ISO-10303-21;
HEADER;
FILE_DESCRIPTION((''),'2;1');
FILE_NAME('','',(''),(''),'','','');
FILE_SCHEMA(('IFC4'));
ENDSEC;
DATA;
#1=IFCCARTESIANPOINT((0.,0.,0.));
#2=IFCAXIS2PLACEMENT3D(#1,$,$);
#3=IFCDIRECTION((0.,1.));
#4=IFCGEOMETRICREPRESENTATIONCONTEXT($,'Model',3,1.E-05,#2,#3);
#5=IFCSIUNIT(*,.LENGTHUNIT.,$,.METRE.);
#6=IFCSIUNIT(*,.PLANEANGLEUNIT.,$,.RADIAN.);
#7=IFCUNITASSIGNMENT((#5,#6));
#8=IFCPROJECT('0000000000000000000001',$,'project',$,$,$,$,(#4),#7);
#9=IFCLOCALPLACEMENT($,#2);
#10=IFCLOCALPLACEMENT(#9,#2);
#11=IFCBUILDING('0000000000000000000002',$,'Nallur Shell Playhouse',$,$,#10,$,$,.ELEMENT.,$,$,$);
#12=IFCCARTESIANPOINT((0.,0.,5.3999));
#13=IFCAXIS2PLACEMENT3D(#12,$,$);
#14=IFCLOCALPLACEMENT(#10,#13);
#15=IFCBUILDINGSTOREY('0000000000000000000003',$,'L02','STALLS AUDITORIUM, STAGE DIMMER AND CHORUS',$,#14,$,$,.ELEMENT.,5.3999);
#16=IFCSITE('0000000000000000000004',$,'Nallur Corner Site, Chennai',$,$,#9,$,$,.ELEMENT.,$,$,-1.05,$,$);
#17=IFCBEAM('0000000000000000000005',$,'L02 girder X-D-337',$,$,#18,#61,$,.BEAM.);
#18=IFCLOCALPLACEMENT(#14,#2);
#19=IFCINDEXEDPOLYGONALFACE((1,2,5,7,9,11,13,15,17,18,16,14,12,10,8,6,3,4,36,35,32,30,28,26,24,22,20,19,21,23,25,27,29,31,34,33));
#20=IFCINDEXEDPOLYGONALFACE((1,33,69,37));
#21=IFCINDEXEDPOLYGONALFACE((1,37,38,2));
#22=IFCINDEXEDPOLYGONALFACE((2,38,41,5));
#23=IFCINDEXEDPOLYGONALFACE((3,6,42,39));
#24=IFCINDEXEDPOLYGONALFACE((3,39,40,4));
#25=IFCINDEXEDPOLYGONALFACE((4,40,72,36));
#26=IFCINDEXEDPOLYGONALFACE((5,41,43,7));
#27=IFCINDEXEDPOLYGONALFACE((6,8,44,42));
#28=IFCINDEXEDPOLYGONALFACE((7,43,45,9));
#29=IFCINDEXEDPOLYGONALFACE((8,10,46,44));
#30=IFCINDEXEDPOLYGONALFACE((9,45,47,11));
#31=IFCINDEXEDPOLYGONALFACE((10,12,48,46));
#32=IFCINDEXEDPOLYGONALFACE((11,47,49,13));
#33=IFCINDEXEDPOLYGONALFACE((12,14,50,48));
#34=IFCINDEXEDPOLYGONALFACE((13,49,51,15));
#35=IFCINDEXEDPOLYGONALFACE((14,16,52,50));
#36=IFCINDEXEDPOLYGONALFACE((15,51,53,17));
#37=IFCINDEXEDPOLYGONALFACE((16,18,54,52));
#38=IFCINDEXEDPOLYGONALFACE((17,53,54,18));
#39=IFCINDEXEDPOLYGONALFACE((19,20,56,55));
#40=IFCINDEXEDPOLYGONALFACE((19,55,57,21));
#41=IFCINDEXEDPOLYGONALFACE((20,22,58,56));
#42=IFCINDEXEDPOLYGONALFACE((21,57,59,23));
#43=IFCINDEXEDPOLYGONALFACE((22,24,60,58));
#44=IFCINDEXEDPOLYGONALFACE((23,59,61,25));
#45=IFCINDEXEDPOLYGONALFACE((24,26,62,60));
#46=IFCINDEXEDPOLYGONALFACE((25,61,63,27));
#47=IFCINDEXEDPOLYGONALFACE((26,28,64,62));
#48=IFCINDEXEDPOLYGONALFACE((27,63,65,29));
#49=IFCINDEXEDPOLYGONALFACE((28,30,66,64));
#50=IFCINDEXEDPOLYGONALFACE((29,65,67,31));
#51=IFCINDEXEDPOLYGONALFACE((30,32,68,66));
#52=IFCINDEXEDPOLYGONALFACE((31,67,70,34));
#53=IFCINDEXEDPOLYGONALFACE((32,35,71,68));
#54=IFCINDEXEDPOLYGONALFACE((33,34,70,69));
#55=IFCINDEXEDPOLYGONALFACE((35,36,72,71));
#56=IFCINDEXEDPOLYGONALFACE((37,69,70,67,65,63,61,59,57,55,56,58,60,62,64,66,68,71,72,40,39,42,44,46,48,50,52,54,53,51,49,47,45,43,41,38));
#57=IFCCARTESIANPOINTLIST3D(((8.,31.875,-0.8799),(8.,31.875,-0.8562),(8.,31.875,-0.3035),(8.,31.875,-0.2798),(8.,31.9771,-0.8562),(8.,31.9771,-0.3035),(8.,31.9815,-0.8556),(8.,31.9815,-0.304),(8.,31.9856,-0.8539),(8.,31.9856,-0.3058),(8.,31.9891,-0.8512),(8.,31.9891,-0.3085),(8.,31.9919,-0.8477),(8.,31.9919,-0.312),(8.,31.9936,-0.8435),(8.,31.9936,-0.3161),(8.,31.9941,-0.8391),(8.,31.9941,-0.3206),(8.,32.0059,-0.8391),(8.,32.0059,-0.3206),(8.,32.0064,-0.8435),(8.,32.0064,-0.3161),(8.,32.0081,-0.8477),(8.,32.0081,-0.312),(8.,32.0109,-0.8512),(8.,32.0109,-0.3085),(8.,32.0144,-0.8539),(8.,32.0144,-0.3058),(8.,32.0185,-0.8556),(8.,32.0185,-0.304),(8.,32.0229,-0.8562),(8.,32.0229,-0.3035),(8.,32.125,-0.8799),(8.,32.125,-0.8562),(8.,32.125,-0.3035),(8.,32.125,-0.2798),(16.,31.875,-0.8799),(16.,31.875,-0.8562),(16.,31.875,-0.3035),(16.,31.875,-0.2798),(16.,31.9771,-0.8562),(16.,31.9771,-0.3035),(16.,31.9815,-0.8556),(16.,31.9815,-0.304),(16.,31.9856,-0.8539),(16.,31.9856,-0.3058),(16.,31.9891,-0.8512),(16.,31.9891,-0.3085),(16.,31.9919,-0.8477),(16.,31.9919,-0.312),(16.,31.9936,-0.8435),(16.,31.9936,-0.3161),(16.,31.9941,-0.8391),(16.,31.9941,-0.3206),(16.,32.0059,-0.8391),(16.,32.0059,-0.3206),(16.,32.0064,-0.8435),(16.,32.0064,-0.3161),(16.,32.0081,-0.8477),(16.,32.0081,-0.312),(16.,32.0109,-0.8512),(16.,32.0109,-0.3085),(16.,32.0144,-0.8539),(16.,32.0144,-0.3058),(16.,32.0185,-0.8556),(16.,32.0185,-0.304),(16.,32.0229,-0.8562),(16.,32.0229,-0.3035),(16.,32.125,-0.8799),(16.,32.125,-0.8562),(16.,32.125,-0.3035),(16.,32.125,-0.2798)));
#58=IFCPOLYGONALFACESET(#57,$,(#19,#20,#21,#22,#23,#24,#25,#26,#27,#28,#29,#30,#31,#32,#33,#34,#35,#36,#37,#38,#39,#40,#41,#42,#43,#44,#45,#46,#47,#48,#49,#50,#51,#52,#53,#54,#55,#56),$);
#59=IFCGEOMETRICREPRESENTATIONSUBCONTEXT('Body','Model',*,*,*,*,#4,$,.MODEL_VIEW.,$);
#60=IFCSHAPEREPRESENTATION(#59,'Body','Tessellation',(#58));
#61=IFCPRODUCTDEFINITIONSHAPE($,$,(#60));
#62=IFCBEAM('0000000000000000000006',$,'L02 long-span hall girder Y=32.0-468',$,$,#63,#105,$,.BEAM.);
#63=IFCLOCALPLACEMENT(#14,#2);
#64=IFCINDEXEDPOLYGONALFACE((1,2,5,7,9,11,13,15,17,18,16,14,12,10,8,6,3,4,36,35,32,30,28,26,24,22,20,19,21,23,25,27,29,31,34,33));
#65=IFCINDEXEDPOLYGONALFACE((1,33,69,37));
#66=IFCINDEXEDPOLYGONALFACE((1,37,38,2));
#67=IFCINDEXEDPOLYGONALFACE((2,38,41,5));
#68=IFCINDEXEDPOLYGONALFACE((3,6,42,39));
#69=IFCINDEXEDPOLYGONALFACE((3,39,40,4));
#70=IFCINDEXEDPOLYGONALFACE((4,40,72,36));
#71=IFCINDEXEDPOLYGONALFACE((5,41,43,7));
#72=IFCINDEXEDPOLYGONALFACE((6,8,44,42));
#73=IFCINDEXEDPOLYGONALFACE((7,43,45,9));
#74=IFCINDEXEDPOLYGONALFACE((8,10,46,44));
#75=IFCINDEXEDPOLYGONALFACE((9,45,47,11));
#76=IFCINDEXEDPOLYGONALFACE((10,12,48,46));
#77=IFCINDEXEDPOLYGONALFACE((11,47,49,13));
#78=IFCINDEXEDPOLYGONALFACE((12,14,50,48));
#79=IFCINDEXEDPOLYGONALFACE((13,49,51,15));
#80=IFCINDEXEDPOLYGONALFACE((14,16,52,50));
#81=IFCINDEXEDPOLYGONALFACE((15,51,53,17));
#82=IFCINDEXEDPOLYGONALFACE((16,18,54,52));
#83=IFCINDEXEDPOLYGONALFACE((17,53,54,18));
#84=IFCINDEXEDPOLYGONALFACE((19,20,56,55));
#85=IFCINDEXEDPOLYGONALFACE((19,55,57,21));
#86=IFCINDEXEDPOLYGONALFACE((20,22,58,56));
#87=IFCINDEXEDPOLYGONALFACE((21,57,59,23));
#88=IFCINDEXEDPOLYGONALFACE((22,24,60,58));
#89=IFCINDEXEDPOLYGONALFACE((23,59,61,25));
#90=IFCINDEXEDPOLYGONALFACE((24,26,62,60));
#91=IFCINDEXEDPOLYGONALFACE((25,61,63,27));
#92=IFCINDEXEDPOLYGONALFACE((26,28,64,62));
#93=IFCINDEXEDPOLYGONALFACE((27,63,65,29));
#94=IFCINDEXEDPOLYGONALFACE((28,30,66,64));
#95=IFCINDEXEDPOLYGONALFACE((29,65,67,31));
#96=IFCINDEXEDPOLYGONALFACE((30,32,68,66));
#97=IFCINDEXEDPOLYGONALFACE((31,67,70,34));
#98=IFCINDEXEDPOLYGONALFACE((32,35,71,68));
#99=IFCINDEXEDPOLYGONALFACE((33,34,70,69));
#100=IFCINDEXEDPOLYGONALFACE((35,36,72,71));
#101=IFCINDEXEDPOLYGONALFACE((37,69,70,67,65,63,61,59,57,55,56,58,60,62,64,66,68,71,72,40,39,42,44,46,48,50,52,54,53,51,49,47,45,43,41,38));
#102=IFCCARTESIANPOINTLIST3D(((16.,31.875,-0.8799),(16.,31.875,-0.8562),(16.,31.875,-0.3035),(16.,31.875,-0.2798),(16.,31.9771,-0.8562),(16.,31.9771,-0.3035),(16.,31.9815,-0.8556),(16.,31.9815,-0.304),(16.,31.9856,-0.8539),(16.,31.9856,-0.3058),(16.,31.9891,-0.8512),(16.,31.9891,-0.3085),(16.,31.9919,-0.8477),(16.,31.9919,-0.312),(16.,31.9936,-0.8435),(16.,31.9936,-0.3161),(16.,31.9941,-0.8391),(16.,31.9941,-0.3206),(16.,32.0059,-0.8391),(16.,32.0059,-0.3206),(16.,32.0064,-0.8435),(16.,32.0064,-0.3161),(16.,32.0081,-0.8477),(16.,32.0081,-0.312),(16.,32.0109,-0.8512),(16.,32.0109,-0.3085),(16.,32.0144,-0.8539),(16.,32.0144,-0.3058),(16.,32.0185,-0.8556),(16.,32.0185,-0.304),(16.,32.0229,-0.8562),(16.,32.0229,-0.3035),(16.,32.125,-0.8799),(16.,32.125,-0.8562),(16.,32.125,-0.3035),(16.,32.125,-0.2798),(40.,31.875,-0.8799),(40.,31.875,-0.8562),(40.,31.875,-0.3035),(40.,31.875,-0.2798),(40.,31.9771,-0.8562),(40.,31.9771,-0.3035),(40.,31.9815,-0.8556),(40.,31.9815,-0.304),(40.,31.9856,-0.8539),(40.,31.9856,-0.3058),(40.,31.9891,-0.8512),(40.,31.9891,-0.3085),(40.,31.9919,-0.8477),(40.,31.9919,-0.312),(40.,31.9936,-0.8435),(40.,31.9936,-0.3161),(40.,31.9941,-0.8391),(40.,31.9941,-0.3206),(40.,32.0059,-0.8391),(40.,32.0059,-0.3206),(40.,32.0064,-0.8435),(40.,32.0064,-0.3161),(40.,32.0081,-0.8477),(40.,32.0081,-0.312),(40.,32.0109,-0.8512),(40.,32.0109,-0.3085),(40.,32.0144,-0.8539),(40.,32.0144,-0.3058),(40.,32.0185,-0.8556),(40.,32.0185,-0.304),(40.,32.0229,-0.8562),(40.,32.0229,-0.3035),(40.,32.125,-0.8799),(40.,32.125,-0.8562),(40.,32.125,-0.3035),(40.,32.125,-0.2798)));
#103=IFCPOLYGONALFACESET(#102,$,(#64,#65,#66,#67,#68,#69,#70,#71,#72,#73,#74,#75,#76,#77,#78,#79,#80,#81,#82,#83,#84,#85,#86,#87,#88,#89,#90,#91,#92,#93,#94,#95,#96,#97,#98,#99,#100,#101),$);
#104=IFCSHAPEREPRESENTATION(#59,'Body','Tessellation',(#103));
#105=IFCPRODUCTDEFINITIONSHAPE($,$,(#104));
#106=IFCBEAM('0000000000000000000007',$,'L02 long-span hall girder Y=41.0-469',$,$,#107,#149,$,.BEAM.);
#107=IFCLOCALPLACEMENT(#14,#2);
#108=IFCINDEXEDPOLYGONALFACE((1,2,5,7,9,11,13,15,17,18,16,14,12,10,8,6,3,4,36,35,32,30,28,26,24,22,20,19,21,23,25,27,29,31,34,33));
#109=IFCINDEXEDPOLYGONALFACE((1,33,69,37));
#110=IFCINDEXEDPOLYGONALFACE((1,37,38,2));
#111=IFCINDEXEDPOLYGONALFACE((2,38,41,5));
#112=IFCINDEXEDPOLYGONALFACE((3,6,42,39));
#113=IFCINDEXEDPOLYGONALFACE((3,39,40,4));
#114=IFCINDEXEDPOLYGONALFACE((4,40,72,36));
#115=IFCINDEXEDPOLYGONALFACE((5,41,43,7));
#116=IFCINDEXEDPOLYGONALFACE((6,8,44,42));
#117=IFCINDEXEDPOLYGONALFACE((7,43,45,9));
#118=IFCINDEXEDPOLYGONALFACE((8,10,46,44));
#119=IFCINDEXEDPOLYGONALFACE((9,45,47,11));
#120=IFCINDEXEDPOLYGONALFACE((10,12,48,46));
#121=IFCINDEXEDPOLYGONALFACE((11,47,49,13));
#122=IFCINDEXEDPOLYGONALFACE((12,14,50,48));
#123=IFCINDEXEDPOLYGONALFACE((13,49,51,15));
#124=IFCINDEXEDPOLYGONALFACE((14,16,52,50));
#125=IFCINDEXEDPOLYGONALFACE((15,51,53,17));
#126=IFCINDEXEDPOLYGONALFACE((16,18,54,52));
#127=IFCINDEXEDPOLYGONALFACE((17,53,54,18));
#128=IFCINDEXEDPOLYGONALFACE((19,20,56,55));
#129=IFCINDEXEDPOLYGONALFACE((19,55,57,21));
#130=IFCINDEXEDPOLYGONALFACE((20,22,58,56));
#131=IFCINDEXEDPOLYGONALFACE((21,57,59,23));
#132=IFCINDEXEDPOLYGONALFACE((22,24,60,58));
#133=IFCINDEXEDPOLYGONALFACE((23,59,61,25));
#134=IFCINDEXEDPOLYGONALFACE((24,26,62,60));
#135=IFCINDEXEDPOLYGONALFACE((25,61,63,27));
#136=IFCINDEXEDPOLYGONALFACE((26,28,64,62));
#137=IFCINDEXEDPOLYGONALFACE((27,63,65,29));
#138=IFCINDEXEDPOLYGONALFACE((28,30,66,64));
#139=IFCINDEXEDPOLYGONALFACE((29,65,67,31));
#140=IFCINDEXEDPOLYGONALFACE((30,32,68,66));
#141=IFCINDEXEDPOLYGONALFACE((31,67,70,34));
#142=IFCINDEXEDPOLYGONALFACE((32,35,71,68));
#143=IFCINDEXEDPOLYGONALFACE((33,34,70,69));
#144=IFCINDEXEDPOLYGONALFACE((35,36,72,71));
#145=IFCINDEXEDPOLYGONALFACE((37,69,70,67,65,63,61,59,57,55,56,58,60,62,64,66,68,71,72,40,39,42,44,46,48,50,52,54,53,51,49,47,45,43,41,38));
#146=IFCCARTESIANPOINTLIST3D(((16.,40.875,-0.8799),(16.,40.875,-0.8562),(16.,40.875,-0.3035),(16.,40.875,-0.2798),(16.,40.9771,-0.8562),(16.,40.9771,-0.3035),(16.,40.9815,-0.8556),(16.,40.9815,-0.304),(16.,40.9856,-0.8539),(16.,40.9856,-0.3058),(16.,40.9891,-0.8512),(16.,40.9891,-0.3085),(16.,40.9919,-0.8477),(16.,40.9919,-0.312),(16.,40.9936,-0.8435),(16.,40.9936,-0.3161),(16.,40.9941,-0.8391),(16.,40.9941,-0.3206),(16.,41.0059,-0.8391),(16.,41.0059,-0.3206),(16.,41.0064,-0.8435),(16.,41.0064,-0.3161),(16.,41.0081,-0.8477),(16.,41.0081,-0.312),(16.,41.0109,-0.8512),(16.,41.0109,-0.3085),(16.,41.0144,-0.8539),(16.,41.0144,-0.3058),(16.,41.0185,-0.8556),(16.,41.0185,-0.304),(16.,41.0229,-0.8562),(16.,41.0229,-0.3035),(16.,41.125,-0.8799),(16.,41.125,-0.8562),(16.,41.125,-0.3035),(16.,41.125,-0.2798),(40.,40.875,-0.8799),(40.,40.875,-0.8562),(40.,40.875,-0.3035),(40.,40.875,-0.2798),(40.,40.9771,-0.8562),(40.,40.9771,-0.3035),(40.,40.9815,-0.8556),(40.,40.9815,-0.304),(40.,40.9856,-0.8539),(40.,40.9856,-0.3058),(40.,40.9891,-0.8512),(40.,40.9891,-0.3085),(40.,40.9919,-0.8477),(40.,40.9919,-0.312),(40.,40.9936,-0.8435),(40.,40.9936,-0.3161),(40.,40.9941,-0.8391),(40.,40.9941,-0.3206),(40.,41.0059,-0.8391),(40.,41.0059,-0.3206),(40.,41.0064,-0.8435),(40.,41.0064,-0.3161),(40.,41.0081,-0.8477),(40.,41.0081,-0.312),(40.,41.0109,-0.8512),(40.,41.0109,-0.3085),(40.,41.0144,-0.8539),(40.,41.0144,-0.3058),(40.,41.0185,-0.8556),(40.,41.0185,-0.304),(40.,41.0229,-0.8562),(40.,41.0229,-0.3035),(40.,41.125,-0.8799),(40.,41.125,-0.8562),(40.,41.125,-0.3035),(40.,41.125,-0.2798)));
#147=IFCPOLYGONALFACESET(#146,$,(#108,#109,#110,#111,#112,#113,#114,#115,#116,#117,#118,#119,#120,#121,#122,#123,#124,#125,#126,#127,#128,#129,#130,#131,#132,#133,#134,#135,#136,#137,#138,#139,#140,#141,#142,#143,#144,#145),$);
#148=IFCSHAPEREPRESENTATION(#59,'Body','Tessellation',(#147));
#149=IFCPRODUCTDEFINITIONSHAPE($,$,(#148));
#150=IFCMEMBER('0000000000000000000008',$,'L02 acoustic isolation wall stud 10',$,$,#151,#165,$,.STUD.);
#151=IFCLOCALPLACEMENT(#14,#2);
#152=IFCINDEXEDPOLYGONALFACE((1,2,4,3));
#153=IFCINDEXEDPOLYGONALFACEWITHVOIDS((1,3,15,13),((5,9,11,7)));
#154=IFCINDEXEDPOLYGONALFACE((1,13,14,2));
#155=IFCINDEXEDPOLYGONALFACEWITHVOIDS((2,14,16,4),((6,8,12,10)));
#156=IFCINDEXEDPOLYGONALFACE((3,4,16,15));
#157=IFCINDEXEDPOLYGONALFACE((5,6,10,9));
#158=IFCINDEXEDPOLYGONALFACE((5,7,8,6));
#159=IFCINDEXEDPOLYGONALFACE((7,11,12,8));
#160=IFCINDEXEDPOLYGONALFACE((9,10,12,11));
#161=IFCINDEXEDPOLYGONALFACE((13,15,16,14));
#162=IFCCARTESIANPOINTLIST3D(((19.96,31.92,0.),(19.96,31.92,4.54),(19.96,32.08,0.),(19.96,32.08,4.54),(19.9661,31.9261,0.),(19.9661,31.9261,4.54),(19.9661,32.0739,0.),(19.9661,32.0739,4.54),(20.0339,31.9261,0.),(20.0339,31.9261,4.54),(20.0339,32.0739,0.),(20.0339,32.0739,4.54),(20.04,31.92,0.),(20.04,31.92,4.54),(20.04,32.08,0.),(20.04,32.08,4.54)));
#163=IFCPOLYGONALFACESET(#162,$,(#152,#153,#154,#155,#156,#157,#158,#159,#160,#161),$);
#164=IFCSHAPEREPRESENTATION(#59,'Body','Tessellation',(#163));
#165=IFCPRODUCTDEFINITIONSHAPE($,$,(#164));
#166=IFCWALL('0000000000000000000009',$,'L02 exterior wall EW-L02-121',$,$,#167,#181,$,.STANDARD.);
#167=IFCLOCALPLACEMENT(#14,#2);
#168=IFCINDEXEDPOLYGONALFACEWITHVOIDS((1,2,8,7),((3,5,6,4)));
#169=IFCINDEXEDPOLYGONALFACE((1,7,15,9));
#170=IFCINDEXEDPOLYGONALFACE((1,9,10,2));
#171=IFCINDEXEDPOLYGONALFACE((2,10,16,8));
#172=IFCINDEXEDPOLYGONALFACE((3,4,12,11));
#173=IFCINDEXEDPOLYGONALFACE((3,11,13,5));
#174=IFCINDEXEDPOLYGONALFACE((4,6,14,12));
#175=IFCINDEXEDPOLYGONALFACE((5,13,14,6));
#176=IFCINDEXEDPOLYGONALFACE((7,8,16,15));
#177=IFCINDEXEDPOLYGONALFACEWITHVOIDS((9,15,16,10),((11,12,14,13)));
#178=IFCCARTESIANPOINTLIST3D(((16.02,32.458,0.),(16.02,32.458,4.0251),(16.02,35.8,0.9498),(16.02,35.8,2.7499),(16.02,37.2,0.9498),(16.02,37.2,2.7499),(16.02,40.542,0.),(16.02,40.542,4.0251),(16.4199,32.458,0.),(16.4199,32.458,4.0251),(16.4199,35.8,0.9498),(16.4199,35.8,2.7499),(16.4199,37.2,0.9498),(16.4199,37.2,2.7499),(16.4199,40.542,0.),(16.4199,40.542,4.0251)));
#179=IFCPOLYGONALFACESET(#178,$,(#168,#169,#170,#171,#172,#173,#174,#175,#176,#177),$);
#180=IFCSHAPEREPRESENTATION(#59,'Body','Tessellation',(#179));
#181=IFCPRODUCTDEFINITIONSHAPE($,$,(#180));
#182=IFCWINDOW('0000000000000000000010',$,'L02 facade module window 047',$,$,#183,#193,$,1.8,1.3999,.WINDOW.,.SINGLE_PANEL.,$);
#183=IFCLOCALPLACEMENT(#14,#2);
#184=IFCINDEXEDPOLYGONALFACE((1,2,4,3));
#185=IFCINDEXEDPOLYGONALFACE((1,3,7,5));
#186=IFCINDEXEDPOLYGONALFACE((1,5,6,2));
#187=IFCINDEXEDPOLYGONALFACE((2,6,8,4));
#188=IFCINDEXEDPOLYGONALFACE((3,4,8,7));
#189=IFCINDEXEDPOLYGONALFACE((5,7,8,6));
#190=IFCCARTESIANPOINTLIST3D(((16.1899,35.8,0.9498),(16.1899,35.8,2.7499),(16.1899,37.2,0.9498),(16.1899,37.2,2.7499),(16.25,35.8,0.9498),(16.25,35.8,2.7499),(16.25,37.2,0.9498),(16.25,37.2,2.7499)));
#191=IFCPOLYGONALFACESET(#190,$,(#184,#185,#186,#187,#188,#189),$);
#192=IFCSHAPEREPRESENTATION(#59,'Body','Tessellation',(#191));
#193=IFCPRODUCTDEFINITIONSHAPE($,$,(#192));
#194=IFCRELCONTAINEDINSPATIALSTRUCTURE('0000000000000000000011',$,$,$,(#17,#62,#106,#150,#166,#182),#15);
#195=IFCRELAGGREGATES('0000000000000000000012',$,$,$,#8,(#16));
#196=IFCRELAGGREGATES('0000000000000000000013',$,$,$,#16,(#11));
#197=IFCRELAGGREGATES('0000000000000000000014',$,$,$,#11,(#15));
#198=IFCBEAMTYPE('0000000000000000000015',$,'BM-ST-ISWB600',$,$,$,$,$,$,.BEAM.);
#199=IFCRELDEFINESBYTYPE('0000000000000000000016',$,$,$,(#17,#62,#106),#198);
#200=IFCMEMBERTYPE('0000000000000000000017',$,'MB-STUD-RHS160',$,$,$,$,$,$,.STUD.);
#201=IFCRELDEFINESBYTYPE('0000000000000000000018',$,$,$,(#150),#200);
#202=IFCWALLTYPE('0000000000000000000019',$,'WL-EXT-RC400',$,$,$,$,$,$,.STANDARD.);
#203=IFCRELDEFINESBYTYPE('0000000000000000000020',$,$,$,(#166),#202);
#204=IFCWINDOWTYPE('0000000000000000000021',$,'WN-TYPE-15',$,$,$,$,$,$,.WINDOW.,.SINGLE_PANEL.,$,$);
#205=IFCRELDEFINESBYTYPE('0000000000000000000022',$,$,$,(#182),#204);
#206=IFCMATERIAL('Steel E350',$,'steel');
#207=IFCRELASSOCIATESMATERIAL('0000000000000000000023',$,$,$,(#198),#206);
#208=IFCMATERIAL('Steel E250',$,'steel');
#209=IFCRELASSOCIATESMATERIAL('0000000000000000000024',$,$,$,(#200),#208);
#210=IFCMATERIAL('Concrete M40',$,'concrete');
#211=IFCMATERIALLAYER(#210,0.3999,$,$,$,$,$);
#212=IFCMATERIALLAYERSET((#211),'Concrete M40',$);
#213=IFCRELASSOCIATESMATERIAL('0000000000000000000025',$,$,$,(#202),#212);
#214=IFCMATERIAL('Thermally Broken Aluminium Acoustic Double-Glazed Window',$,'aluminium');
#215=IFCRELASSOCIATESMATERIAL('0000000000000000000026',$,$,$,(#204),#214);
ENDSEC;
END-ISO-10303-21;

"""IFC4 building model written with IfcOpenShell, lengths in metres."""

from ifc_helpers import new_model, si_unit, direction, frame, frame_2d, origin, origin_2d, place, context, subcontext, project, spatial, rectangle, hollow_rectangle, i_section, extrude, material, layer, layer_set, material_profile, profile_set, type_object, element, fill, save


model = new_model("IFC4")

# Units and contexts
model_context = context("Model", 3, precision=1e-05, world=origin(), true_north=direction((0.0, 1.0)))
body_context = subcontext(model_context, "Body", "Model", "MODEL_VIEW")
ifc_project = project(units=[si_unit("LENGTHUNIT", "METRE"), si_unit("PLANEANGLEUNIT", "RADIAN")], contexts=[model_context])

# Site, building, storey
site_placement = place(None, origin())
site = spatial("IfcSite", under=ifc_project, at=site_placement, Name="Nallur Corner Site, Chennai", CompositionType="ELEMENT", RefElevation=-1.05)
building_placement = place(site_placement, origin())
building = spatial("IfcBuilding", under=site, at=building_placement, Name="Nallur Shell Playhouse", CompositionType="ELEMENT")
storey_placement = place(building_placement, frame((0.0, 0.0, 5.3999)))
storey = spatial("IfcBuildingStorey", under=building, at=storey_placement, Name="L02", Description="STALLS AUDITORIUM, STAGE DIMMER AND CHORUS", CompositionType="ELEMENT", Elevation=5.3999)

# Shared definitions
ifc_material_1 = material(Name="Concrete M40", Category="concrete")

# Beams
ifc_material_2 = material(Name="Steel E250", Category="steel")
ifc_material_3 = material(Name="Steel E350", Category="steel")
ifc_material_profile_1 = material_profile(ifc_material_3, i_section(OverallWidth=0.25, OverallDepth=0.6001, WebThickness=0.0117, FlangeThickness=0.0237, FilletRadius=0.0171, at=origin_2d()), Name="ISWB 600")
ifc_profile_set_1 = profile_set([ifc_material_profile_1], Name="Steel E350")
beam_type_1 = type_object("IfcBeamType", Name="BM-ST-ISWB600", PredefinedType="BEAM", material=ifc_profile_set_1)
beam_1_placement = place(storey_placement, frame((8.0, 32.0, -0.5798), z_axis=(1.0, 0.0, 0.0), x_axis=(0.0, 1.0, 0.0)))
element("IfcBeam", 1, at=beam_1_placement, inside=storey, type_object=beam_type_1, Name="L02 girder X-D-337", PredefinedType="BEAM", context=body_context, shape_type="SweptSolid", body=[
    extrude(i_section(OverallWidth=0.25, OverallDepth=0.6001, WebThickness=0.0117, FlangeThickness=0.0237, FilletRadius=0.0171, at=origin_2d()), origin(), (0.0, 0.0, 1.0), 8.0),
])
for number, where, z_axis, x_axis, name in (
    (2, (16.0, 32.0, -0.5798), (1.0, 0.0, 0.0), (0.0, 1.0, 0.0), "L02 long-span hall girder Y=32.0-468"),
    (3, (16.0, 41.0, -0.5798), (1.0, 0.0, 0.0), (0.0, 1.0, 0.0), "L02 long-span hall girder Y=41.0-469"),
):
    element("IfcBeam", number, at=place(storey_placement, frame(where, z_axis=z_axis, x_axis=x_axis)), inside=storey, type_object=beam_type_1, Name=name, PredefinedType="BEAM", context=body_context, shape_type="SweptSolid", body=[
        extrude(i_section(OverallWidth=0.25, OverallDepth=0.6001, WebThickness=0.0117, FlangeThickness=0.0237, FilletRadius=0.0171, at=origin_2d()), origin(), (0.0, 0.0, 1.0), 24.0),
    ])

# Member
ifc_material_profile_2 = material_profile(ifc_material_2, hollow_rectangle(XDim=0.0801, YDim=0.1599, WallThickness=0.0061, at=origin_2d()), Name="RHS 160x80x6")
ifc_profile_set_2 = profile_set([ifc_material_profile_2], Name="Steel E250")
member_type = type_object("IfcMemberType", Name="MB-STUD-RHS160", PredefinedType="STUD", material=ifc_profile_set_2)
member_placement = place(storey_placement, frame((20.0, 32.0, 0.0), z_axis=(0.0, 0.0, 1.0), x_axis=(1.0, 0.0, 0.0)))
element("IfcMember", 4, at=member_placement, inside=storey, type_object=member_type, Name="L02 acoustic isolation wall stud 10", PredefinedType="STUD", context=body_context, shape_type="SweptSolid", body=[
    extrude(hollow_rectangle(XDim=0.0801, YDim=0.1599, WallThickness=0.0061, at=origin_2d()), origin(), (0.0, 0.0, 1.0), 4.54),
])

# Wall, opening, window
ifc_layer_1 = layer(ifc_material_1, 0.3999)
ifc_layer_set_1 = layer_set([ifc_layer_1], Name="Concrete M40")
wall_type_1 = type_object("IfcWallType", Name="WL-EXT-RC400", PredefinedType="STANDARD", material=ifc_layer_set_1)
wall_1_placement = place(storey_placement, frame((16.22, 32.458, 0.0), z_axis=(0.0, 0.0, 1.0), x_axis=(0.0, 1.0, 0.0)))
wall_1 = element("IfcWall", 5, at=wall_1_placement, inside=storey, type_object=wall_type_1, Name="L02 exterior wall EW-L02-121", PredefinedType="STANDARD", context=body_context, shape_type="SweptSolid", body=[
    extrude(rectangle(XDim=8.084, YDim=0.3999, at=frame_2d((4.042, 0.0))), origin(), (0.0, 0.0, 1.0), 4.0251),
])
opening_1_placement = place(wall_1_placement, frame((3.342, 0.0, 0.95)))
opening_1 = element("IfcOpeningElement", 6, at=opening_1_placement, cuts=wall_1, PredefinedType="OPENING", context=body_context, shape_type="SweptSolid", body=[
    extrude(rectangle(XDim=1.3999, YDim=1.8, at=frame_2d((0.7, 0.8999))), frame((0.0, 0.21, 0.0), z_axis=(0.0, -1.0, 0.0), x_axis=(1.0, 0.0, 0.0)), (0.0, 0.0, 1.0), 0.4199),
])
ifc_material_4 = material(Name="Thermally Broken Aluminium Acoustic Double-Glazed Window", Category="aluminium")
window_type_1 = type_object("IfcWindowType", Name="WN-TYPE-15", PartitioningType="SINGLE_PANEL", PredefinedType="WINDOW", material=ifc_material_4)
window_1_placement = place(opening_1_placement, origin())
window_1 = element("IfcWindow", 7, at=window_1_placement, inside=storey, type_object=window_type_1, Name="L02 facade module window 047", OverallHeight=1.8, OverallWidth=1.3999, PartitioningType="SINGLE_PANEL", PredefinedType="WINDOW", context=body_context, shape_type="SweptSolid", body=[
    extrude(rectangle(XDim=1.3999, YDim=1.8, at=frame_2d((0.7, 0.8999))), frame((0.0, 0.03, 0.0), z_axis=(0.0, -1.0, 0.0), x_axis=(1.0, 0.0, 0.0)), (0.0, 0.0, 1.0), 0.0601),
])
fill(opening_1, window_1)

save(model, "model.ifc")
